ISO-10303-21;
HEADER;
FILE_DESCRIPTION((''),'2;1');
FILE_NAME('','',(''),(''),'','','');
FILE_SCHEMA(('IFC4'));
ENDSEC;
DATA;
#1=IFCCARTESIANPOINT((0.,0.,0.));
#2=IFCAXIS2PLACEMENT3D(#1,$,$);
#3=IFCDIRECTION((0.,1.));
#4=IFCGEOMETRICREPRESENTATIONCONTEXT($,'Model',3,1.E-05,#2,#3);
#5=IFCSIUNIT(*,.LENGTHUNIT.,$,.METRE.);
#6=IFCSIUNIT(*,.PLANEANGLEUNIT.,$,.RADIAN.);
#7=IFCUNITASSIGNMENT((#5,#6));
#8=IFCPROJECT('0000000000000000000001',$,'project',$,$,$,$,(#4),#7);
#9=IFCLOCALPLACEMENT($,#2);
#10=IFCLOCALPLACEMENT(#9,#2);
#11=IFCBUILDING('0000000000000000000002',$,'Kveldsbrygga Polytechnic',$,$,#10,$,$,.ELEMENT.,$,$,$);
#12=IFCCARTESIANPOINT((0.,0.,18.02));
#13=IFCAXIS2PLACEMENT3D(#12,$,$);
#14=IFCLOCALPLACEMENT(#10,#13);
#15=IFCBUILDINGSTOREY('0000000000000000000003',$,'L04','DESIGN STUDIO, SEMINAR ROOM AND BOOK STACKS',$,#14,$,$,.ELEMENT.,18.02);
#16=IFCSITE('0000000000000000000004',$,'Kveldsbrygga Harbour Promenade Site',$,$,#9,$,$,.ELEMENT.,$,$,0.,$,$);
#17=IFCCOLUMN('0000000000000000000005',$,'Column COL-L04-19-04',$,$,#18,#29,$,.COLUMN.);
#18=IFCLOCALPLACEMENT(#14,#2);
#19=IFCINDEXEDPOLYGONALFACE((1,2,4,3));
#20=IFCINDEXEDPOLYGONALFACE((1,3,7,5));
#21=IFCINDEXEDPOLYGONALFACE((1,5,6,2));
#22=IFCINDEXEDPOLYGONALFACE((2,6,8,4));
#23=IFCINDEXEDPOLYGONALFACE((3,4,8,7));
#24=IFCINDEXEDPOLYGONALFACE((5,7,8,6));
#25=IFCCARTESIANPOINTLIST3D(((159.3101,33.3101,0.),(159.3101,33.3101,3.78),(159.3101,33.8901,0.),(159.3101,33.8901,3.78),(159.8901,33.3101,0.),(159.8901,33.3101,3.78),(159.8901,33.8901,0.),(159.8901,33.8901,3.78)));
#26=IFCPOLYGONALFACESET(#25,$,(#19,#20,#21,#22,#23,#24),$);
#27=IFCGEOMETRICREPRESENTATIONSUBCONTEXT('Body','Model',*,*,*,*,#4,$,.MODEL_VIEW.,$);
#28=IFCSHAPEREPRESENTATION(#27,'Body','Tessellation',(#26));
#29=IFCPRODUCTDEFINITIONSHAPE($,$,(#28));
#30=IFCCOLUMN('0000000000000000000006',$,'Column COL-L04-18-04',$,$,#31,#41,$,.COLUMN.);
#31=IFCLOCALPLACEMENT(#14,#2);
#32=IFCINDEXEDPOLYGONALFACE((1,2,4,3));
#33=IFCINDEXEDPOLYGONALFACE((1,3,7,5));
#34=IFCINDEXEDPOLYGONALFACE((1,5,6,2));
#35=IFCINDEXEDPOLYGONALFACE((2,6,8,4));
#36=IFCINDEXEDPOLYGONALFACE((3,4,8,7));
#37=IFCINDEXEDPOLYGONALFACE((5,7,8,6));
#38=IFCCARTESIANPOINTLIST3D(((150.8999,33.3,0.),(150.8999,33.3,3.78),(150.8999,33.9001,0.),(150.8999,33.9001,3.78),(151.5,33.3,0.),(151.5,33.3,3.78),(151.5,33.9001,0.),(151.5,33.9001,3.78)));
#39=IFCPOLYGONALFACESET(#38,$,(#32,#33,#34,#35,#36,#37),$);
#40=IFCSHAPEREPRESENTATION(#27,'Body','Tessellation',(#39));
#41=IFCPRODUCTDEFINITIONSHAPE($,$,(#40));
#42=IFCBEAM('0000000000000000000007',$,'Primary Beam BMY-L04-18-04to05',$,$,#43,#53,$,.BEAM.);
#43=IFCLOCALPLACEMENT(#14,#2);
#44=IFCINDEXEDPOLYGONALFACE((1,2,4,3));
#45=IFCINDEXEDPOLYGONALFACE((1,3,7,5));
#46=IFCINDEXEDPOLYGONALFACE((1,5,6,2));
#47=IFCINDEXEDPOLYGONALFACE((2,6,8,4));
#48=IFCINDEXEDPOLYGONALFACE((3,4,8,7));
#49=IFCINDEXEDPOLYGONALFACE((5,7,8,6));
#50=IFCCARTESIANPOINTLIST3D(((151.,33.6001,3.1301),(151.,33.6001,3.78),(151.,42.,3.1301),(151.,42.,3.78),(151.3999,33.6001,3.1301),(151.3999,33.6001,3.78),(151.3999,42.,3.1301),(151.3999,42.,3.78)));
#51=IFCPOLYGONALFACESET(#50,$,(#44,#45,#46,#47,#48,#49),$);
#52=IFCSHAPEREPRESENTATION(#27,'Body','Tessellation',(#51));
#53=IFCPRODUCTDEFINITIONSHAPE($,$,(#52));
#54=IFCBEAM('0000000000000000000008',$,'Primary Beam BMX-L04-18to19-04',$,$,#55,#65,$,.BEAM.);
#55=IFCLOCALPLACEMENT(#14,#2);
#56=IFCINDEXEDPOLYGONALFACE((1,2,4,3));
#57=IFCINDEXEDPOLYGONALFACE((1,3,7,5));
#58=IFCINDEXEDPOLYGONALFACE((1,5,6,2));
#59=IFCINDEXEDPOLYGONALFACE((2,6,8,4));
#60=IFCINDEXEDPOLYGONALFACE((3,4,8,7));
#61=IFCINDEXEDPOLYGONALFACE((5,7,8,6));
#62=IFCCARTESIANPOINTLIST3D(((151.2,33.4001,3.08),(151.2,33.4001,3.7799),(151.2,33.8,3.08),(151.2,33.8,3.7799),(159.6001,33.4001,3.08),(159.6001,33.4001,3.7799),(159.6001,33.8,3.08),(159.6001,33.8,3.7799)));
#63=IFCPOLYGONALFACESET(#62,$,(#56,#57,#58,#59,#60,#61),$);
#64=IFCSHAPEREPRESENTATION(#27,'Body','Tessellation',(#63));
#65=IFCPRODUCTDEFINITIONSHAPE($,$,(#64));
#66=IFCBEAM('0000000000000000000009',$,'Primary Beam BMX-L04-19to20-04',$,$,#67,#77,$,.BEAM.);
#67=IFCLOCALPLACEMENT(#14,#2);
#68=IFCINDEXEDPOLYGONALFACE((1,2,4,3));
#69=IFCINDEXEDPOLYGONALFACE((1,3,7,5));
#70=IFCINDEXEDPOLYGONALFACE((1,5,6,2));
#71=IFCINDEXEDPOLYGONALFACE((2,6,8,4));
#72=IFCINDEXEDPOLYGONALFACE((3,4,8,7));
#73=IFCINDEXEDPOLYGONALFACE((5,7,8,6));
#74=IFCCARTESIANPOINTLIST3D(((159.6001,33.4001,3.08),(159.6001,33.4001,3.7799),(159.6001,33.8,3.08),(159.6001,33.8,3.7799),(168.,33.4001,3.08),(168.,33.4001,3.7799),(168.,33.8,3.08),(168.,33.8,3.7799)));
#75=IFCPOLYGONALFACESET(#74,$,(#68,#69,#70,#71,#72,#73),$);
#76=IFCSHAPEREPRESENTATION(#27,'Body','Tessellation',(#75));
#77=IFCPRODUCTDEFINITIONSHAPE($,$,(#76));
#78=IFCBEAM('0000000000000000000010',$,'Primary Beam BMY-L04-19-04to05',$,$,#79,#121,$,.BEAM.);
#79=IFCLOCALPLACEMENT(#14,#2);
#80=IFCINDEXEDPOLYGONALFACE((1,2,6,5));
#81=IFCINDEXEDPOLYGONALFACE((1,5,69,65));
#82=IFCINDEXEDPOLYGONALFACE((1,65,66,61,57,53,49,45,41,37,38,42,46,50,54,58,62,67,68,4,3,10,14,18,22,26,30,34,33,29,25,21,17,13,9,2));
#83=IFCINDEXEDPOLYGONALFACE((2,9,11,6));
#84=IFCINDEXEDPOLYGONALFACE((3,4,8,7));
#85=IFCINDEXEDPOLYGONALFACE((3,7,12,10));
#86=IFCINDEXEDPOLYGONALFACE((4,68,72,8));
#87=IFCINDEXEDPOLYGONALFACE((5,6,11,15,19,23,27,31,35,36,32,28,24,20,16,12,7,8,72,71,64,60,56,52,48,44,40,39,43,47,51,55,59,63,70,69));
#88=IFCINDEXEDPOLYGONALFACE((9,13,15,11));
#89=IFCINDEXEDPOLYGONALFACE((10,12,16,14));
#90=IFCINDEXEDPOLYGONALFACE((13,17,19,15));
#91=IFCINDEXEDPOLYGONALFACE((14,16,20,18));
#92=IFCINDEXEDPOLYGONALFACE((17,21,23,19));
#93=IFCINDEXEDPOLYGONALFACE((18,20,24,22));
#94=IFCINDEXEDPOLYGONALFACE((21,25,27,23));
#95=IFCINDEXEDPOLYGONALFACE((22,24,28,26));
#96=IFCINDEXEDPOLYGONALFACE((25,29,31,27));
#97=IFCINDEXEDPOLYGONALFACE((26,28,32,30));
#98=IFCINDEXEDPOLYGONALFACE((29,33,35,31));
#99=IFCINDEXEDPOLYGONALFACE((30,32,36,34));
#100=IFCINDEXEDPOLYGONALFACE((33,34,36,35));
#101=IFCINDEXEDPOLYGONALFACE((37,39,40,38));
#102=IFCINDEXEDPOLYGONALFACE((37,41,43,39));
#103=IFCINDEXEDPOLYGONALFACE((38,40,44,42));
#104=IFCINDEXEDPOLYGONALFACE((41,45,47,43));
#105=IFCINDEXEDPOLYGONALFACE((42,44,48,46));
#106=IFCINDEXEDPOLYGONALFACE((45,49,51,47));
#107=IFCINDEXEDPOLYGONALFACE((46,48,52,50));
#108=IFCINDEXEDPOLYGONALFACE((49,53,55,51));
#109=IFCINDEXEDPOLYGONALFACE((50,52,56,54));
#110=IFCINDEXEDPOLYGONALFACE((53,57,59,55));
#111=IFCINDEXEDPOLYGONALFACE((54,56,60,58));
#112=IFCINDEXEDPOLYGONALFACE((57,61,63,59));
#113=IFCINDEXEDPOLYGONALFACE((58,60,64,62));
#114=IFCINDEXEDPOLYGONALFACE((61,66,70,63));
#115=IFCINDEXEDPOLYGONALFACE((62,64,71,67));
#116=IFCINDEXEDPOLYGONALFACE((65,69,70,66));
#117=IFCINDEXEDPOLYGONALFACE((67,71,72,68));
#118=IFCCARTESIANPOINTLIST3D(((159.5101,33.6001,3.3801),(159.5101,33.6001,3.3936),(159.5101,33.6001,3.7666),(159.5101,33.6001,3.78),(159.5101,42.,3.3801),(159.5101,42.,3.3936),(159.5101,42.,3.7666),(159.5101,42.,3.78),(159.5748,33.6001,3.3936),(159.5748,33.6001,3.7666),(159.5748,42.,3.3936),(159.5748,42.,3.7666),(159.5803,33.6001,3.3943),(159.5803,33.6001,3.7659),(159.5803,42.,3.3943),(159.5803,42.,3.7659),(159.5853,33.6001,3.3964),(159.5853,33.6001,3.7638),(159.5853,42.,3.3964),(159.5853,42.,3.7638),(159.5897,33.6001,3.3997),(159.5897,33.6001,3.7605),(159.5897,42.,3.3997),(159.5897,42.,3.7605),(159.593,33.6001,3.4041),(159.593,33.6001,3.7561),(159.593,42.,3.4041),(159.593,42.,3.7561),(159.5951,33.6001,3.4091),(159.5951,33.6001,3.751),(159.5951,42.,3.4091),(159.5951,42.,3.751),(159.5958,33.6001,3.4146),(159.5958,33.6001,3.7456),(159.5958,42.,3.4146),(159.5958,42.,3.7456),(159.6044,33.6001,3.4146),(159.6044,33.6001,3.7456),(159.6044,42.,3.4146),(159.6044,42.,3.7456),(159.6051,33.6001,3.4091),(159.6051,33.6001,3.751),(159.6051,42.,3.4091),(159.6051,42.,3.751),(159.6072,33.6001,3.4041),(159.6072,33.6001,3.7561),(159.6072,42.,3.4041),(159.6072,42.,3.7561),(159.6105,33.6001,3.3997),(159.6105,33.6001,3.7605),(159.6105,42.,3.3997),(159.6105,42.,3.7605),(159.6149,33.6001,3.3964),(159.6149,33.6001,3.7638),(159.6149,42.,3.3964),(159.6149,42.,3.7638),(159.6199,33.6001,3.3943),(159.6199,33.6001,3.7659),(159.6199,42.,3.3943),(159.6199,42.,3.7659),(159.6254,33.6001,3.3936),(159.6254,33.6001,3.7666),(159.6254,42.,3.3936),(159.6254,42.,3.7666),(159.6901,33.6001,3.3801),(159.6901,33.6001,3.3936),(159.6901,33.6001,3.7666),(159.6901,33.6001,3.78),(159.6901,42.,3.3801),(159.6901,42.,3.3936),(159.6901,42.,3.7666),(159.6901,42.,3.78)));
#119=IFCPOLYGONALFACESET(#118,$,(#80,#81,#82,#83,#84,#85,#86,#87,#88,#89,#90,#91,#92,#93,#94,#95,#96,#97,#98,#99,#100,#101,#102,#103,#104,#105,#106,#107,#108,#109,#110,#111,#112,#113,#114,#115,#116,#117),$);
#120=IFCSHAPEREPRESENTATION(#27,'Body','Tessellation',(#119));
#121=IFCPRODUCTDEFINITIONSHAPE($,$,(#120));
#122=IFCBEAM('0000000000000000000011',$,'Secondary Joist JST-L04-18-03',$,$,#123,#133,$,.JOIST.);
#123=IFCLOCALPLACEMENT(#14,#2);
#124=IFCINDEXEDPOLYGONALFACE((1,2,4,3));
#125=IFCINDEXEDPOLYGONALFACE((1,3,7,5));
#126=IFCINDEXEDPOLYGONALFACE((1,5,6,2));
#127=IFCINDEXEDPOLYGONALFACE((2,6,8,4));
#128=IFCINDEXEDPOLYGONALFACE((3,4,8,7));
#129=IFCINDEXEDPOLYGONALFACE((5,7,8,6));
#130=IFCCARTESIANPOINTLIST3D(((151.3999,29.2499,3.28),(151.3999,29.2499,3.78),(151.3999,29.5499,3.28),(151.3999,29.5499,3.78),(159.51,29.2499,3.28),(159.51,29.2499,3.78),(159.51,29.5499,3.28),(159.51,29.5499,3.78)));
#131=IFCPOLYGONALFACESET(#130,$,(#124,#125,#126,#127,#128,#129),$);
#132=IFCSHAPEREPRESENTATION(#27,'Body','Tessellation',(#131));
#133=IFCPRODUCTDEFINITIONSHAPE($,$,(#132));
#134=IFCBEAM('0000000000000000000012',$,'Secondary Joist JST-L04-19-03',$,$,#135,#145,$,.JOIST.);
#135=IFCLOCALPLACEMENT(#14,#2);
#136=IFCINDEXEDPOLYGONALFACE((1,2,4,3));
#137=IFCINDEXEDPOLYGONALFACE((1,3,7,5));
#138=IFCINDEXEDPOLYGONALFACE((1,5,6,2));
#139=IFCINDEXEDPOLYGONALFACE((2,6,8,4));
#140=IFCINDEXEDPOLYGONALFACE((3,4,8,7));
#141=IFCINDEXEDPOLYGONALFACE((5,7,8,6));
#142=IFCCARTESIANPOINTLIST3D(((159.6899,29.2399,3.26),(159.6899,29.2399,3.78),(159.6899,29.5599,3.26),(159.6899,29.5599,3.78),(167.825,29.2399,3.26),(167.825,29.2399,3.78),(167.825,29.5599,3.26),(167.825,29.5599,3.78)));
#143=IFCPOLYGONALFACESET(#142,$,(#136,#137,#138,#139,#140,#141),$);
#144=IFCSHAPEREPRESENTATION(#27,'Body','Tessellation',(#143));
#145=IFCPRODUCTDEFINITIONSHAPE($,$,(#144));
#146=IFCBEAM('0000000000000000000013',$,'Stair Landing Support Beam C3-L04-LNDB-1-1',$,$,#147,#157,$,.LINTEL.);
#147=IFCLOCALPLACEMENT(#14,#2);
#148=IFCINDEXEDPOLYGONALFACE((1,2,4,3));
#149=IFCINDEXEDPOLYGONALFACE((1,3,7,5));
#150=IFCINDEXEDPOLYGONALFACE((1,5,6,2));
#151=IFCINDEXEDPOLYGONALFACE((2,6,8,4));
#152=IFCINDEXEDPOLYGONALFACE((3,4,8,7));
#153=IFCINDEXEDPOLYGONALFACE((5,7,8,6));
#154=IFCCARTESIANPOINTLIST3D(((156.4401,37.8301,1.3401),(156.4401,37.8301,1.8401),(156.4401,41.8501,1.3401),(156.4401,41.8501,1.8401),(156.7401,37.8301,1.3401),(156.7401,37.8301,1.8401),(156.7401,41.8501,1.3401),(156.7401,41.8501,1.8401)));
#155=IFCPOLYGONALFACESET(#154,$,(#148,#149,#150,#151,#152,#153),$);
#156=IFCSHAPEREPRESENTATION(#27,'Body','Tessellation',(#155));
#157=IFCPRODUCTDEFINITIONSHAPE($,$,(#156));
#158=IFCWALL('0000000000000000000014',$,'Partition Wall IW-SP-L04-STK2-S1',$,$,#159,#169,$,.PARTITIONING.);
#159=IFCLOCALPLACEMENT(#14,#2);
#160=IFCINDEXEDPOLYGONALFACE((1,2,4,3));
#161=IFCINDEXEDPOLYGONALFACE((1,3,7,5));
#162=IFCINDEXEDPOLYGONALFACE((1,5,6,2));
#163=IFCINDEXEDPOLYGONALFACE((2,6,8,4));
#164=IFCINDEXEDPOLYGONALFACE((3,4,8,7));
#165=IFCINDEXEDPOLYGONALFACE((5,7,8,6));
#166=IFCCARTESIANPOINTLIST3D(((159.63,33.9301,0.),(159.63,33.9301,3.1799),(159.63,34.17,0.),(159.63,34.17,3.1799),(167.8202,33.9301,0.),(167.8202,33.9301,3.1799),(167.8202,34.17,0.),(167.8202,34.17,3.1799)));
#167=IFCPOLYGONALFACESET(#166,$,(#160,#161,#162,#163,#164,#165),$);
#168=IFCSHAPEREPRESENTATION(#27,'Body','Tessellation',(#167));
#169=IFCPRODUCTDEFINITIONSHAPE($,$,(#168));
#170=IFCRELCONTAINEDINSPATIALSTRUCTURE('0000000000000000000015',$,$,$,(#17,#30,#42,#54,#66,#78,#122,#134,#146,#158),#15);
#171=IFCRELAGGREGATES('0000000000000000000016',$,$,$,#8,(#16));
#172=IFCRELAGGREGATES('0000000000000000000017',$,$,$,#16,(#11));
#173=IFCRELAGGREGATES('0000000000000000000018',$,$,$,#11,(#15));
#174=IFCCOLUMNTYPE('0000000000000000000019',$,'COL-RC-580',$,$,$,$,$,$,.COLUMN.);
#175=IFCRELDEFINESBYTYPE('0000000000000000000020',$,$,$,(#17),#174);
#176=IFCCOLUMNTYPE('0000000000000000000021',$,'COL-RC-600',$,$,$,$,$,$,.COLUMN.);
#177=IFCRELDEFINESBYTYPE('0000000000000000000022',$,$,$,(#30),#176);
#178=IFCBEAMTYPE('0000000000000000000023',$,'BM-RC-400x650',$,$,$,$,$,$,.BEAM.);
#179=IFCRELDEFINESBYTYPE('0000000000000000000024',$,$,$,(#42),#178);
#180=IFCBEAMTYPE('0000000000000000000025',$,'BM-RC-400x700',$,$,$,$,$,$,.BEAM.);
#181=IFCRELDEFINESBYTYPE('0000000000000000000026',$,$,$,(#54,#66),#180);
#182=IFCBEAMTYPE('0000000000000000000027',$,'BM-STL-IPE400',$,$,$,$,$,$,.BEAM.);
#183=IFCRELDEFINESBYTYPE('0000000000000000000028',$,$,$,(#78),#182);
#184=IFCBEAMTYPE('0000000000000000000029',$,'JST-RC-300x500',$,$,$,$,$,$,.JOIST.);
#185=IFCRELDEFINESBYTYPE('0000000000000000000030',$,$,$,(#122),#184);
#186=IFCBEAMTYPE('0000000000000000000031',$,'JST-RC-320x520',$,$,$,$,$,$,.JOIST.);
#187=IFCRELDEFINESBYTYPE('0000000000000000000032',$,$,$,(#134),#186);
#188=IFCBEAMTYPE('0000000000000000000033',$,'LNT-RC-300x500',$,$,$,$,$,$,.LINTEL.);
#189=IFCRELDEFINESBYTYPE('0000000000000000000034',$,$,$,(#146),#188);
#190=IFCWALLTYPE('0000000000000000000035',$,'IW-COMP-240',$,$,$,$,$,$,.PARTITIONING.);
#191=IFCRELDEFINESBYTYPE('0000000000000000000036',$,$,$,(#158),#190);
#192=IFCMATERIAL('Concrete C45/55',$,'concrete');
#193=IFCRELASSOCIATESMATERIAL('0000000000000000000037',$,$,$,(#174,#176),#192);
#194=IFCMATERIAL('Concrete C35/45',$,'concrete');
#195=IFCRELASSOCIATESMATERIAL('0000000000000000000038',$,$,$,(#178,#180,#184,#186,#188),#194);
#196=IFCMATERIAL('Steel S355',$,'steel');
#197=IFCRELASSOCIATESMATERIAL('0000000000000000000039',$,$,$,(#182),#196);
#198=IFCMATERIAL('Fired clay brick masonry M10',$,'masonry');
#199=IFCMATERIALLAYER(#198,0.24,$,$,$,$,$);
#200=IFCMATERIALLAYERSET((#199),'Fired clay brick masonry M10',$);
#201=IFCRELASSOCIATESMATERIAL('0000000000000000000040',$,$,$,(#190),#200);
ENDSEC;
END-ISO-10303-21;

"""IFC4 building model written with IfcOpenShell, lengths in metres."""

from ifc_helpers import new_model, si_unit, direction, frame, frame_2d, origin, origin_2d, place, context, subcontext, project, spatial, rectangle, i_section, extrude, material, layer, layer_set, material_profile, profile_set, type_object, element, save


model = new_model("IFC4")

# Units and contexts
model_context = context("Model", 3, precision=1e-05, world=origin(), true_north=direction((0.0, 1.0)))
body_context = subcontext(model_context, "Body", "Model", "MODEL_VIEW")
ifc_project = project(units=[si_unit("LENGTHUNIT", "METRE"), si_unit("PLANEANGLEUNIT", "RADIAN")], contexts=[model_context])

# Site, building, storey
site_placement = place(None, origin())
site = spatial("IfcSite", under=ifc_project, at=site_placement, Name="Kveldsbrygga Harbour Promenade Site", CompositionType="ELEMENT", RefElevation=0.0)
building_placement = place(site_placement, origin())
building = spatial("IfcBuilding", under=site, at=building_placement, Name="Kveldsbrygga Polytechnic", CompositionType="ELEMENT")
storey_placement = place(building_placement, frame((0.0, 0.0, 18.02)))
storey = spatial("IfcBuildingStorey", under=building, at=storey_placement, Name="L04", Description="DESIGN STUDIO, SEMINAR ROOM AND BOOK STACKS", CompositionType="ELEMENT", Elevation=18.02)

# Columns
ifc_material_1 = material(Name="Concrete C45/55", Category="concrete")
ifc_material_profile_1 = material_profile(ifc_material_1, rectangle(XDim=0.5801, YDim=0.5801, at=origin_2d()), Name="RC 580x580")
ifc_profile_set_1 = profile_set([ifc_material_profile_1], Name="Concrete C45/55")
column_type_1 = type_object("IfcColumnType", Name="COL-RC-580", PredefinedType="COLUMN", material=ifc_profile_set_1)
column_1_placement = place(storey_placement, frame((159.6001, 33.6001, 0.0), z_axis=(0.0, 0.0, 1.0), x_axis=(1.0, 0.0, 0.0)))
element("IfcColumn", 1, at=column_1_placement, inside=storey, type_object=column_type_1, Name="Column COL-L04-19-04", PredefinedType="COLUMN", context=body_context, shape_type="SweptSolid", body=[
    extrude(rectangle(XDim=0.5801, YDim=0.5801, at=origin_2d()), origin(), (0.0, 0.0, 1.0), 3.78),
])
ifc_material_profile_2 = material_profile(ifc_material_1, rectangle(XDim=0.6001, YDim=0.6001, at=origin_2d()), Name="RC 600x600")
ifc_profile_set_2 = profile_set([ifc_material_profile_2], Name="Concrete C45/55")
column_type_2 = type_object("IfcColumnType", Name="COL-RC-600", PredefinedType="COLUMN", material=ifc_profile_set_2)
column_2_placement = place(storey_placement, frame((151.2, 33.6001, 0.0), z_axis=(0.0, 0.0, 1.0), x_axis=(1.0, 0.0, 0.0)))
element("IfcColumn", 2, at=column_2_placement, inside=storey, type_object=column_type_2, Name="Column COL-L04-18-04", PredefinedType="COLUMN", context=body_context, shape_type="SweptSolid", body=[
    extrude(rectangle(XDim=0.6001, YDim=0.6001, at=origin_2d()), origin(), (0.0, 0.0, 1.0), 3.78),
])

# Beams
ifc_material_2 = material(Name="Concrete C35/45", Category="concrete")
ifc_material_profile_3 = material_profile(ifc_material_2, rectangle(XDim=0.3999, YDim=0.6499, at=origin_2d()), Name="RC 400x650")
ifc_profile_set_3 = profile_set([ifc_material_profile_3], Name="Concrete C35/45")
beam_type_1 = type_object("IfcBeamType", Name="BM-RC-400x650", PredefinedType="BEAM", material=ifc_profile_set_3)
beam_1_placement = place(storey_placement, frame((151.2, 33.6001, 3.4551), z_axis=(0.0, 1.0, 0.0), x_axis=(-1.0, 0.0, 0.0)))
element("IfcBeam", 3, at=beam_1_placement, inside=storey, type_object=beam_type_1, Name="Primary Beam BMY-L04-18-04to05", PredefinedType="BEAM", context=body_context, shape_type="SweptSolid", body=[
    extrude(rectangle(XDim=0.3999, YDim=0.6499, at=origin_2d()), origin(), (0.0, 0.0, 1.0), 8.3999),
])
ifc_material_profile_4 = material_profile(ifc_material_2, rectangle(XDim=0.3999, YDim=0.7, at=origin_2d()), Name="RC 400x700")
ifc_profile_set_4 = profile_set([ifc_material_profile_4], Name="Concrete C35/45")
beam_type_2 = type_object("IfcBeamType", Name="BM-RC-400x700", PredefinedType="BEAM", material=ifc_profile_set_4)
beam_2_placement = place(storey_placement, frame((151.2, 33.6001, 3.4299), z_axis=(1.0, 0.0, 0.0), x_axis=(0.0, 1.0, 0.0)))
element("IfcBeam", 4, at=beam_2_placement, inside=storey, type_object=beam_type_2, Name="Primary Beam BMX-L04-18to19-04", PredefinedType="BEAM", context=body_context, shape_type="SweptSolid", body=[
    extrude(rectangle(XDim=0.3999, YDim=0.7, at=origin_2d()), origin(), (0.0, 0.0, 1.0), 8.4001),
])
beam_3_placement = place(storey_placement, frame((159.6001, 33.6001, 3.4299), z_axis=(1.0, 0.0, 0.0), x_axis=(0.0, 1.0, 0.0)))
element("IfcBeam", 5, at=beam_3_placement, inside=storey, type_object=beam_type_2, Name="Primary Beam BMX-L04-19to20-04", PredefinedType="BEAM", context=body_context, shape_type="SweptSolid", body=[
    extrude(rectangle(XDim=0.3999, YDim=0.7, at=origin_2d()), origin(), (0.0, 0.0, 1.0), 8.3999),
])
ifc_material_3 = material(Name="Steel S355", Category="steel")
ifc_material_profile_5 = material_profile(ifc_material_3, i_section(OverallWidth=0.1799, OverallDepth=0.3999, WebThickness=0.0085, FlangeThickness=0.0134, FilletRadius=0.021, at=origin_2d()), Name="IPE 400")
ifc_profile_set_5 = profile_set([ifc_material_profile_5], Name="Steel S355")
beam_type_3 = type_object("IfcBeamType", Name="BM-STL-IPE400", PredefinedType="BEAM", material=ifc_profile_set_5)
beam_4_placement = place(storey_placement, frame((159.6001, 33.6001, 3.5801), z_axis=(0.0, 1.0, 0.0), x_axis=(-1.0, 0.0, 0.0)))
element("IfcBeam", 6, at=beam_4_placement, inside=storey, type_object=beam_type_3, Name="Primary Beam BMY-L04-19-04to05", PredefinedType="BEAM", context=body_context, shape_type="SweptSolid", body=[
    extrude(i_section(OverallWidth=0.1799, OverallDepth=0.3999, WebThickness=0.0085, FlangeThickness=0.0134, FilletRadius=0.021, at=origin_2d()), origin(), (0.0, 0.0, 1.0), 8.3999),
])
ifc_material_profile_6 = material_profile(ifc_material_2, rectangle(XDim=0.3, YDim=0.5, at=origin_2d()), Name="RC 300x500")
ifc_profile_set_6 = profile_set([ifc_material_profile_6], Name="Concrete C35/45")
beam_type_4 = type_object("IfcBeamType", Name="JST-RC-300x500", PredefinedType="JOIST", material=ifc_profile_set_6)
beam_5_placement = place(storey_placement, frame((151.3999, 29.3999, 3.53), z_axis=(1.0, 0.0, 0.0), x_axis=(0.0, 1.0, 0.0)))
element("IfcBeam", 7, at=beam_5_placement, inside=storey, type_object=beam_type_4, Name="Secondary Joist JST-L04-18-03", PredefinedType="JOIST", context=body_context, shape_type="SweptSolid", body=[
    extrude(rectangle(XDim=0.3, YDim=0.5, at=origin_2d()), origin(), (0.0, 0.0, 1.0), 8.1101),
])
ifc_material_profile_7 = material_profile(ifc_material_2, rectangle(XDim=0.3201, YDim=0.52, at=origin_2d()), Name="RC 320x520")
ifc_profile_set_7 = profile_set([ifc_material_profile_7], Name="Concrete C35/45")
beam_type_5 = type_object("IfcBeamType", Name="JST-RC-320x520", PredefinedType="JOIST", material=ifc_profile_set_7)
beam_6_placement = place(storey_placement, frame((159.6899, 29.3999, 3.52), z_axis=(1.0, 0.0, 0.0), x_axis=(0.0, 1.0, 0.0)))
element("IfcBeam", 8, at=beam_6_placement, inside=storey, type_object=beam_type_5, Name="Secondary Joist JST-L04-19-03", PredefinedType="JOIST", context=body_context, shape_type="SweptSolid", body=[
    extrude(rectangle(XDim=0.3201, YDim=0.52, at=origin_2d()), origin(), (0.0, 0.0, 1.0), 8.135),
])
ifc_material_profile_8 = material_profile(ifc_material_2, rectangle(XDim=0.3, YDim=0.5, at=origin_2d()), Name="RC 300x500")
ifc_profile_set_8 = profile_set([ifc_material_profile_8], Name="Concrete C35/45")
beam_type_6 = type_object("IfcBeamType", Name="LNT-RC-300x500", PredefinedType="LINTEL", material=ifc_profile_set_8)
beam_7_placement = place(storey_placement, frame((156.5901, 37.8301, 1.5901), z_axis=(0.0, 1.0, 0.0), x_axis=(-1.0, 0.0, 0.0)))
element("IfcBeam", 9, at=beam_7_placement, inside=storey, type_object=beam_type_6, Name="Stair Landing Support Beam C3-L04-LNDB-1-1", PredefinedType="LINTEL", context=body_context, shape_type="SweptSolid", body=[
    extrude(rectangle(XDim=0.3, YDim=0.5, at=origin_2d()), origin(), (0.0, 0.0, 1.0), 4.02),
])

# Wall
ifc_material_4 = material(Name="Fired clay brick masonry M10", Category="masonry")
ifc_layer_1 = layer(ifc_material_4, 0.24)
ifc_layer_set_1 = layer_set([ifc_layer_1], Name="Fired clay brick masonry M10")
wall_type_1 = type_object("IfcWallType", Name="IW-COMP-240", PredefinedType="PARTITIONING", material=ifc_layer_set_1)
wall_1_placement = place(storey_placement, frame((159.6299, 34.05, 0.0), z_axis=(0.0, 0.0, 1.0), x_axis=(1.0, 0.0, 0.0)))
element("IfcWall", 10, at=wall_1_placement, inside=storey, type_object=wall_type_1, Name="Partition Wall IW-SP-L04-STK2-S1", PredefinedType="PARTITIONING", context=body_context, shape_type="SweptSolid", body=[
    extrude(rectangle(XDim=8.1902, YDim=0.24, at=frame_2d((4.0952, 0.0))), origin(), (0.0, 0.0, 1.0), 3.1799),
])

save(model, "model.ifc")
